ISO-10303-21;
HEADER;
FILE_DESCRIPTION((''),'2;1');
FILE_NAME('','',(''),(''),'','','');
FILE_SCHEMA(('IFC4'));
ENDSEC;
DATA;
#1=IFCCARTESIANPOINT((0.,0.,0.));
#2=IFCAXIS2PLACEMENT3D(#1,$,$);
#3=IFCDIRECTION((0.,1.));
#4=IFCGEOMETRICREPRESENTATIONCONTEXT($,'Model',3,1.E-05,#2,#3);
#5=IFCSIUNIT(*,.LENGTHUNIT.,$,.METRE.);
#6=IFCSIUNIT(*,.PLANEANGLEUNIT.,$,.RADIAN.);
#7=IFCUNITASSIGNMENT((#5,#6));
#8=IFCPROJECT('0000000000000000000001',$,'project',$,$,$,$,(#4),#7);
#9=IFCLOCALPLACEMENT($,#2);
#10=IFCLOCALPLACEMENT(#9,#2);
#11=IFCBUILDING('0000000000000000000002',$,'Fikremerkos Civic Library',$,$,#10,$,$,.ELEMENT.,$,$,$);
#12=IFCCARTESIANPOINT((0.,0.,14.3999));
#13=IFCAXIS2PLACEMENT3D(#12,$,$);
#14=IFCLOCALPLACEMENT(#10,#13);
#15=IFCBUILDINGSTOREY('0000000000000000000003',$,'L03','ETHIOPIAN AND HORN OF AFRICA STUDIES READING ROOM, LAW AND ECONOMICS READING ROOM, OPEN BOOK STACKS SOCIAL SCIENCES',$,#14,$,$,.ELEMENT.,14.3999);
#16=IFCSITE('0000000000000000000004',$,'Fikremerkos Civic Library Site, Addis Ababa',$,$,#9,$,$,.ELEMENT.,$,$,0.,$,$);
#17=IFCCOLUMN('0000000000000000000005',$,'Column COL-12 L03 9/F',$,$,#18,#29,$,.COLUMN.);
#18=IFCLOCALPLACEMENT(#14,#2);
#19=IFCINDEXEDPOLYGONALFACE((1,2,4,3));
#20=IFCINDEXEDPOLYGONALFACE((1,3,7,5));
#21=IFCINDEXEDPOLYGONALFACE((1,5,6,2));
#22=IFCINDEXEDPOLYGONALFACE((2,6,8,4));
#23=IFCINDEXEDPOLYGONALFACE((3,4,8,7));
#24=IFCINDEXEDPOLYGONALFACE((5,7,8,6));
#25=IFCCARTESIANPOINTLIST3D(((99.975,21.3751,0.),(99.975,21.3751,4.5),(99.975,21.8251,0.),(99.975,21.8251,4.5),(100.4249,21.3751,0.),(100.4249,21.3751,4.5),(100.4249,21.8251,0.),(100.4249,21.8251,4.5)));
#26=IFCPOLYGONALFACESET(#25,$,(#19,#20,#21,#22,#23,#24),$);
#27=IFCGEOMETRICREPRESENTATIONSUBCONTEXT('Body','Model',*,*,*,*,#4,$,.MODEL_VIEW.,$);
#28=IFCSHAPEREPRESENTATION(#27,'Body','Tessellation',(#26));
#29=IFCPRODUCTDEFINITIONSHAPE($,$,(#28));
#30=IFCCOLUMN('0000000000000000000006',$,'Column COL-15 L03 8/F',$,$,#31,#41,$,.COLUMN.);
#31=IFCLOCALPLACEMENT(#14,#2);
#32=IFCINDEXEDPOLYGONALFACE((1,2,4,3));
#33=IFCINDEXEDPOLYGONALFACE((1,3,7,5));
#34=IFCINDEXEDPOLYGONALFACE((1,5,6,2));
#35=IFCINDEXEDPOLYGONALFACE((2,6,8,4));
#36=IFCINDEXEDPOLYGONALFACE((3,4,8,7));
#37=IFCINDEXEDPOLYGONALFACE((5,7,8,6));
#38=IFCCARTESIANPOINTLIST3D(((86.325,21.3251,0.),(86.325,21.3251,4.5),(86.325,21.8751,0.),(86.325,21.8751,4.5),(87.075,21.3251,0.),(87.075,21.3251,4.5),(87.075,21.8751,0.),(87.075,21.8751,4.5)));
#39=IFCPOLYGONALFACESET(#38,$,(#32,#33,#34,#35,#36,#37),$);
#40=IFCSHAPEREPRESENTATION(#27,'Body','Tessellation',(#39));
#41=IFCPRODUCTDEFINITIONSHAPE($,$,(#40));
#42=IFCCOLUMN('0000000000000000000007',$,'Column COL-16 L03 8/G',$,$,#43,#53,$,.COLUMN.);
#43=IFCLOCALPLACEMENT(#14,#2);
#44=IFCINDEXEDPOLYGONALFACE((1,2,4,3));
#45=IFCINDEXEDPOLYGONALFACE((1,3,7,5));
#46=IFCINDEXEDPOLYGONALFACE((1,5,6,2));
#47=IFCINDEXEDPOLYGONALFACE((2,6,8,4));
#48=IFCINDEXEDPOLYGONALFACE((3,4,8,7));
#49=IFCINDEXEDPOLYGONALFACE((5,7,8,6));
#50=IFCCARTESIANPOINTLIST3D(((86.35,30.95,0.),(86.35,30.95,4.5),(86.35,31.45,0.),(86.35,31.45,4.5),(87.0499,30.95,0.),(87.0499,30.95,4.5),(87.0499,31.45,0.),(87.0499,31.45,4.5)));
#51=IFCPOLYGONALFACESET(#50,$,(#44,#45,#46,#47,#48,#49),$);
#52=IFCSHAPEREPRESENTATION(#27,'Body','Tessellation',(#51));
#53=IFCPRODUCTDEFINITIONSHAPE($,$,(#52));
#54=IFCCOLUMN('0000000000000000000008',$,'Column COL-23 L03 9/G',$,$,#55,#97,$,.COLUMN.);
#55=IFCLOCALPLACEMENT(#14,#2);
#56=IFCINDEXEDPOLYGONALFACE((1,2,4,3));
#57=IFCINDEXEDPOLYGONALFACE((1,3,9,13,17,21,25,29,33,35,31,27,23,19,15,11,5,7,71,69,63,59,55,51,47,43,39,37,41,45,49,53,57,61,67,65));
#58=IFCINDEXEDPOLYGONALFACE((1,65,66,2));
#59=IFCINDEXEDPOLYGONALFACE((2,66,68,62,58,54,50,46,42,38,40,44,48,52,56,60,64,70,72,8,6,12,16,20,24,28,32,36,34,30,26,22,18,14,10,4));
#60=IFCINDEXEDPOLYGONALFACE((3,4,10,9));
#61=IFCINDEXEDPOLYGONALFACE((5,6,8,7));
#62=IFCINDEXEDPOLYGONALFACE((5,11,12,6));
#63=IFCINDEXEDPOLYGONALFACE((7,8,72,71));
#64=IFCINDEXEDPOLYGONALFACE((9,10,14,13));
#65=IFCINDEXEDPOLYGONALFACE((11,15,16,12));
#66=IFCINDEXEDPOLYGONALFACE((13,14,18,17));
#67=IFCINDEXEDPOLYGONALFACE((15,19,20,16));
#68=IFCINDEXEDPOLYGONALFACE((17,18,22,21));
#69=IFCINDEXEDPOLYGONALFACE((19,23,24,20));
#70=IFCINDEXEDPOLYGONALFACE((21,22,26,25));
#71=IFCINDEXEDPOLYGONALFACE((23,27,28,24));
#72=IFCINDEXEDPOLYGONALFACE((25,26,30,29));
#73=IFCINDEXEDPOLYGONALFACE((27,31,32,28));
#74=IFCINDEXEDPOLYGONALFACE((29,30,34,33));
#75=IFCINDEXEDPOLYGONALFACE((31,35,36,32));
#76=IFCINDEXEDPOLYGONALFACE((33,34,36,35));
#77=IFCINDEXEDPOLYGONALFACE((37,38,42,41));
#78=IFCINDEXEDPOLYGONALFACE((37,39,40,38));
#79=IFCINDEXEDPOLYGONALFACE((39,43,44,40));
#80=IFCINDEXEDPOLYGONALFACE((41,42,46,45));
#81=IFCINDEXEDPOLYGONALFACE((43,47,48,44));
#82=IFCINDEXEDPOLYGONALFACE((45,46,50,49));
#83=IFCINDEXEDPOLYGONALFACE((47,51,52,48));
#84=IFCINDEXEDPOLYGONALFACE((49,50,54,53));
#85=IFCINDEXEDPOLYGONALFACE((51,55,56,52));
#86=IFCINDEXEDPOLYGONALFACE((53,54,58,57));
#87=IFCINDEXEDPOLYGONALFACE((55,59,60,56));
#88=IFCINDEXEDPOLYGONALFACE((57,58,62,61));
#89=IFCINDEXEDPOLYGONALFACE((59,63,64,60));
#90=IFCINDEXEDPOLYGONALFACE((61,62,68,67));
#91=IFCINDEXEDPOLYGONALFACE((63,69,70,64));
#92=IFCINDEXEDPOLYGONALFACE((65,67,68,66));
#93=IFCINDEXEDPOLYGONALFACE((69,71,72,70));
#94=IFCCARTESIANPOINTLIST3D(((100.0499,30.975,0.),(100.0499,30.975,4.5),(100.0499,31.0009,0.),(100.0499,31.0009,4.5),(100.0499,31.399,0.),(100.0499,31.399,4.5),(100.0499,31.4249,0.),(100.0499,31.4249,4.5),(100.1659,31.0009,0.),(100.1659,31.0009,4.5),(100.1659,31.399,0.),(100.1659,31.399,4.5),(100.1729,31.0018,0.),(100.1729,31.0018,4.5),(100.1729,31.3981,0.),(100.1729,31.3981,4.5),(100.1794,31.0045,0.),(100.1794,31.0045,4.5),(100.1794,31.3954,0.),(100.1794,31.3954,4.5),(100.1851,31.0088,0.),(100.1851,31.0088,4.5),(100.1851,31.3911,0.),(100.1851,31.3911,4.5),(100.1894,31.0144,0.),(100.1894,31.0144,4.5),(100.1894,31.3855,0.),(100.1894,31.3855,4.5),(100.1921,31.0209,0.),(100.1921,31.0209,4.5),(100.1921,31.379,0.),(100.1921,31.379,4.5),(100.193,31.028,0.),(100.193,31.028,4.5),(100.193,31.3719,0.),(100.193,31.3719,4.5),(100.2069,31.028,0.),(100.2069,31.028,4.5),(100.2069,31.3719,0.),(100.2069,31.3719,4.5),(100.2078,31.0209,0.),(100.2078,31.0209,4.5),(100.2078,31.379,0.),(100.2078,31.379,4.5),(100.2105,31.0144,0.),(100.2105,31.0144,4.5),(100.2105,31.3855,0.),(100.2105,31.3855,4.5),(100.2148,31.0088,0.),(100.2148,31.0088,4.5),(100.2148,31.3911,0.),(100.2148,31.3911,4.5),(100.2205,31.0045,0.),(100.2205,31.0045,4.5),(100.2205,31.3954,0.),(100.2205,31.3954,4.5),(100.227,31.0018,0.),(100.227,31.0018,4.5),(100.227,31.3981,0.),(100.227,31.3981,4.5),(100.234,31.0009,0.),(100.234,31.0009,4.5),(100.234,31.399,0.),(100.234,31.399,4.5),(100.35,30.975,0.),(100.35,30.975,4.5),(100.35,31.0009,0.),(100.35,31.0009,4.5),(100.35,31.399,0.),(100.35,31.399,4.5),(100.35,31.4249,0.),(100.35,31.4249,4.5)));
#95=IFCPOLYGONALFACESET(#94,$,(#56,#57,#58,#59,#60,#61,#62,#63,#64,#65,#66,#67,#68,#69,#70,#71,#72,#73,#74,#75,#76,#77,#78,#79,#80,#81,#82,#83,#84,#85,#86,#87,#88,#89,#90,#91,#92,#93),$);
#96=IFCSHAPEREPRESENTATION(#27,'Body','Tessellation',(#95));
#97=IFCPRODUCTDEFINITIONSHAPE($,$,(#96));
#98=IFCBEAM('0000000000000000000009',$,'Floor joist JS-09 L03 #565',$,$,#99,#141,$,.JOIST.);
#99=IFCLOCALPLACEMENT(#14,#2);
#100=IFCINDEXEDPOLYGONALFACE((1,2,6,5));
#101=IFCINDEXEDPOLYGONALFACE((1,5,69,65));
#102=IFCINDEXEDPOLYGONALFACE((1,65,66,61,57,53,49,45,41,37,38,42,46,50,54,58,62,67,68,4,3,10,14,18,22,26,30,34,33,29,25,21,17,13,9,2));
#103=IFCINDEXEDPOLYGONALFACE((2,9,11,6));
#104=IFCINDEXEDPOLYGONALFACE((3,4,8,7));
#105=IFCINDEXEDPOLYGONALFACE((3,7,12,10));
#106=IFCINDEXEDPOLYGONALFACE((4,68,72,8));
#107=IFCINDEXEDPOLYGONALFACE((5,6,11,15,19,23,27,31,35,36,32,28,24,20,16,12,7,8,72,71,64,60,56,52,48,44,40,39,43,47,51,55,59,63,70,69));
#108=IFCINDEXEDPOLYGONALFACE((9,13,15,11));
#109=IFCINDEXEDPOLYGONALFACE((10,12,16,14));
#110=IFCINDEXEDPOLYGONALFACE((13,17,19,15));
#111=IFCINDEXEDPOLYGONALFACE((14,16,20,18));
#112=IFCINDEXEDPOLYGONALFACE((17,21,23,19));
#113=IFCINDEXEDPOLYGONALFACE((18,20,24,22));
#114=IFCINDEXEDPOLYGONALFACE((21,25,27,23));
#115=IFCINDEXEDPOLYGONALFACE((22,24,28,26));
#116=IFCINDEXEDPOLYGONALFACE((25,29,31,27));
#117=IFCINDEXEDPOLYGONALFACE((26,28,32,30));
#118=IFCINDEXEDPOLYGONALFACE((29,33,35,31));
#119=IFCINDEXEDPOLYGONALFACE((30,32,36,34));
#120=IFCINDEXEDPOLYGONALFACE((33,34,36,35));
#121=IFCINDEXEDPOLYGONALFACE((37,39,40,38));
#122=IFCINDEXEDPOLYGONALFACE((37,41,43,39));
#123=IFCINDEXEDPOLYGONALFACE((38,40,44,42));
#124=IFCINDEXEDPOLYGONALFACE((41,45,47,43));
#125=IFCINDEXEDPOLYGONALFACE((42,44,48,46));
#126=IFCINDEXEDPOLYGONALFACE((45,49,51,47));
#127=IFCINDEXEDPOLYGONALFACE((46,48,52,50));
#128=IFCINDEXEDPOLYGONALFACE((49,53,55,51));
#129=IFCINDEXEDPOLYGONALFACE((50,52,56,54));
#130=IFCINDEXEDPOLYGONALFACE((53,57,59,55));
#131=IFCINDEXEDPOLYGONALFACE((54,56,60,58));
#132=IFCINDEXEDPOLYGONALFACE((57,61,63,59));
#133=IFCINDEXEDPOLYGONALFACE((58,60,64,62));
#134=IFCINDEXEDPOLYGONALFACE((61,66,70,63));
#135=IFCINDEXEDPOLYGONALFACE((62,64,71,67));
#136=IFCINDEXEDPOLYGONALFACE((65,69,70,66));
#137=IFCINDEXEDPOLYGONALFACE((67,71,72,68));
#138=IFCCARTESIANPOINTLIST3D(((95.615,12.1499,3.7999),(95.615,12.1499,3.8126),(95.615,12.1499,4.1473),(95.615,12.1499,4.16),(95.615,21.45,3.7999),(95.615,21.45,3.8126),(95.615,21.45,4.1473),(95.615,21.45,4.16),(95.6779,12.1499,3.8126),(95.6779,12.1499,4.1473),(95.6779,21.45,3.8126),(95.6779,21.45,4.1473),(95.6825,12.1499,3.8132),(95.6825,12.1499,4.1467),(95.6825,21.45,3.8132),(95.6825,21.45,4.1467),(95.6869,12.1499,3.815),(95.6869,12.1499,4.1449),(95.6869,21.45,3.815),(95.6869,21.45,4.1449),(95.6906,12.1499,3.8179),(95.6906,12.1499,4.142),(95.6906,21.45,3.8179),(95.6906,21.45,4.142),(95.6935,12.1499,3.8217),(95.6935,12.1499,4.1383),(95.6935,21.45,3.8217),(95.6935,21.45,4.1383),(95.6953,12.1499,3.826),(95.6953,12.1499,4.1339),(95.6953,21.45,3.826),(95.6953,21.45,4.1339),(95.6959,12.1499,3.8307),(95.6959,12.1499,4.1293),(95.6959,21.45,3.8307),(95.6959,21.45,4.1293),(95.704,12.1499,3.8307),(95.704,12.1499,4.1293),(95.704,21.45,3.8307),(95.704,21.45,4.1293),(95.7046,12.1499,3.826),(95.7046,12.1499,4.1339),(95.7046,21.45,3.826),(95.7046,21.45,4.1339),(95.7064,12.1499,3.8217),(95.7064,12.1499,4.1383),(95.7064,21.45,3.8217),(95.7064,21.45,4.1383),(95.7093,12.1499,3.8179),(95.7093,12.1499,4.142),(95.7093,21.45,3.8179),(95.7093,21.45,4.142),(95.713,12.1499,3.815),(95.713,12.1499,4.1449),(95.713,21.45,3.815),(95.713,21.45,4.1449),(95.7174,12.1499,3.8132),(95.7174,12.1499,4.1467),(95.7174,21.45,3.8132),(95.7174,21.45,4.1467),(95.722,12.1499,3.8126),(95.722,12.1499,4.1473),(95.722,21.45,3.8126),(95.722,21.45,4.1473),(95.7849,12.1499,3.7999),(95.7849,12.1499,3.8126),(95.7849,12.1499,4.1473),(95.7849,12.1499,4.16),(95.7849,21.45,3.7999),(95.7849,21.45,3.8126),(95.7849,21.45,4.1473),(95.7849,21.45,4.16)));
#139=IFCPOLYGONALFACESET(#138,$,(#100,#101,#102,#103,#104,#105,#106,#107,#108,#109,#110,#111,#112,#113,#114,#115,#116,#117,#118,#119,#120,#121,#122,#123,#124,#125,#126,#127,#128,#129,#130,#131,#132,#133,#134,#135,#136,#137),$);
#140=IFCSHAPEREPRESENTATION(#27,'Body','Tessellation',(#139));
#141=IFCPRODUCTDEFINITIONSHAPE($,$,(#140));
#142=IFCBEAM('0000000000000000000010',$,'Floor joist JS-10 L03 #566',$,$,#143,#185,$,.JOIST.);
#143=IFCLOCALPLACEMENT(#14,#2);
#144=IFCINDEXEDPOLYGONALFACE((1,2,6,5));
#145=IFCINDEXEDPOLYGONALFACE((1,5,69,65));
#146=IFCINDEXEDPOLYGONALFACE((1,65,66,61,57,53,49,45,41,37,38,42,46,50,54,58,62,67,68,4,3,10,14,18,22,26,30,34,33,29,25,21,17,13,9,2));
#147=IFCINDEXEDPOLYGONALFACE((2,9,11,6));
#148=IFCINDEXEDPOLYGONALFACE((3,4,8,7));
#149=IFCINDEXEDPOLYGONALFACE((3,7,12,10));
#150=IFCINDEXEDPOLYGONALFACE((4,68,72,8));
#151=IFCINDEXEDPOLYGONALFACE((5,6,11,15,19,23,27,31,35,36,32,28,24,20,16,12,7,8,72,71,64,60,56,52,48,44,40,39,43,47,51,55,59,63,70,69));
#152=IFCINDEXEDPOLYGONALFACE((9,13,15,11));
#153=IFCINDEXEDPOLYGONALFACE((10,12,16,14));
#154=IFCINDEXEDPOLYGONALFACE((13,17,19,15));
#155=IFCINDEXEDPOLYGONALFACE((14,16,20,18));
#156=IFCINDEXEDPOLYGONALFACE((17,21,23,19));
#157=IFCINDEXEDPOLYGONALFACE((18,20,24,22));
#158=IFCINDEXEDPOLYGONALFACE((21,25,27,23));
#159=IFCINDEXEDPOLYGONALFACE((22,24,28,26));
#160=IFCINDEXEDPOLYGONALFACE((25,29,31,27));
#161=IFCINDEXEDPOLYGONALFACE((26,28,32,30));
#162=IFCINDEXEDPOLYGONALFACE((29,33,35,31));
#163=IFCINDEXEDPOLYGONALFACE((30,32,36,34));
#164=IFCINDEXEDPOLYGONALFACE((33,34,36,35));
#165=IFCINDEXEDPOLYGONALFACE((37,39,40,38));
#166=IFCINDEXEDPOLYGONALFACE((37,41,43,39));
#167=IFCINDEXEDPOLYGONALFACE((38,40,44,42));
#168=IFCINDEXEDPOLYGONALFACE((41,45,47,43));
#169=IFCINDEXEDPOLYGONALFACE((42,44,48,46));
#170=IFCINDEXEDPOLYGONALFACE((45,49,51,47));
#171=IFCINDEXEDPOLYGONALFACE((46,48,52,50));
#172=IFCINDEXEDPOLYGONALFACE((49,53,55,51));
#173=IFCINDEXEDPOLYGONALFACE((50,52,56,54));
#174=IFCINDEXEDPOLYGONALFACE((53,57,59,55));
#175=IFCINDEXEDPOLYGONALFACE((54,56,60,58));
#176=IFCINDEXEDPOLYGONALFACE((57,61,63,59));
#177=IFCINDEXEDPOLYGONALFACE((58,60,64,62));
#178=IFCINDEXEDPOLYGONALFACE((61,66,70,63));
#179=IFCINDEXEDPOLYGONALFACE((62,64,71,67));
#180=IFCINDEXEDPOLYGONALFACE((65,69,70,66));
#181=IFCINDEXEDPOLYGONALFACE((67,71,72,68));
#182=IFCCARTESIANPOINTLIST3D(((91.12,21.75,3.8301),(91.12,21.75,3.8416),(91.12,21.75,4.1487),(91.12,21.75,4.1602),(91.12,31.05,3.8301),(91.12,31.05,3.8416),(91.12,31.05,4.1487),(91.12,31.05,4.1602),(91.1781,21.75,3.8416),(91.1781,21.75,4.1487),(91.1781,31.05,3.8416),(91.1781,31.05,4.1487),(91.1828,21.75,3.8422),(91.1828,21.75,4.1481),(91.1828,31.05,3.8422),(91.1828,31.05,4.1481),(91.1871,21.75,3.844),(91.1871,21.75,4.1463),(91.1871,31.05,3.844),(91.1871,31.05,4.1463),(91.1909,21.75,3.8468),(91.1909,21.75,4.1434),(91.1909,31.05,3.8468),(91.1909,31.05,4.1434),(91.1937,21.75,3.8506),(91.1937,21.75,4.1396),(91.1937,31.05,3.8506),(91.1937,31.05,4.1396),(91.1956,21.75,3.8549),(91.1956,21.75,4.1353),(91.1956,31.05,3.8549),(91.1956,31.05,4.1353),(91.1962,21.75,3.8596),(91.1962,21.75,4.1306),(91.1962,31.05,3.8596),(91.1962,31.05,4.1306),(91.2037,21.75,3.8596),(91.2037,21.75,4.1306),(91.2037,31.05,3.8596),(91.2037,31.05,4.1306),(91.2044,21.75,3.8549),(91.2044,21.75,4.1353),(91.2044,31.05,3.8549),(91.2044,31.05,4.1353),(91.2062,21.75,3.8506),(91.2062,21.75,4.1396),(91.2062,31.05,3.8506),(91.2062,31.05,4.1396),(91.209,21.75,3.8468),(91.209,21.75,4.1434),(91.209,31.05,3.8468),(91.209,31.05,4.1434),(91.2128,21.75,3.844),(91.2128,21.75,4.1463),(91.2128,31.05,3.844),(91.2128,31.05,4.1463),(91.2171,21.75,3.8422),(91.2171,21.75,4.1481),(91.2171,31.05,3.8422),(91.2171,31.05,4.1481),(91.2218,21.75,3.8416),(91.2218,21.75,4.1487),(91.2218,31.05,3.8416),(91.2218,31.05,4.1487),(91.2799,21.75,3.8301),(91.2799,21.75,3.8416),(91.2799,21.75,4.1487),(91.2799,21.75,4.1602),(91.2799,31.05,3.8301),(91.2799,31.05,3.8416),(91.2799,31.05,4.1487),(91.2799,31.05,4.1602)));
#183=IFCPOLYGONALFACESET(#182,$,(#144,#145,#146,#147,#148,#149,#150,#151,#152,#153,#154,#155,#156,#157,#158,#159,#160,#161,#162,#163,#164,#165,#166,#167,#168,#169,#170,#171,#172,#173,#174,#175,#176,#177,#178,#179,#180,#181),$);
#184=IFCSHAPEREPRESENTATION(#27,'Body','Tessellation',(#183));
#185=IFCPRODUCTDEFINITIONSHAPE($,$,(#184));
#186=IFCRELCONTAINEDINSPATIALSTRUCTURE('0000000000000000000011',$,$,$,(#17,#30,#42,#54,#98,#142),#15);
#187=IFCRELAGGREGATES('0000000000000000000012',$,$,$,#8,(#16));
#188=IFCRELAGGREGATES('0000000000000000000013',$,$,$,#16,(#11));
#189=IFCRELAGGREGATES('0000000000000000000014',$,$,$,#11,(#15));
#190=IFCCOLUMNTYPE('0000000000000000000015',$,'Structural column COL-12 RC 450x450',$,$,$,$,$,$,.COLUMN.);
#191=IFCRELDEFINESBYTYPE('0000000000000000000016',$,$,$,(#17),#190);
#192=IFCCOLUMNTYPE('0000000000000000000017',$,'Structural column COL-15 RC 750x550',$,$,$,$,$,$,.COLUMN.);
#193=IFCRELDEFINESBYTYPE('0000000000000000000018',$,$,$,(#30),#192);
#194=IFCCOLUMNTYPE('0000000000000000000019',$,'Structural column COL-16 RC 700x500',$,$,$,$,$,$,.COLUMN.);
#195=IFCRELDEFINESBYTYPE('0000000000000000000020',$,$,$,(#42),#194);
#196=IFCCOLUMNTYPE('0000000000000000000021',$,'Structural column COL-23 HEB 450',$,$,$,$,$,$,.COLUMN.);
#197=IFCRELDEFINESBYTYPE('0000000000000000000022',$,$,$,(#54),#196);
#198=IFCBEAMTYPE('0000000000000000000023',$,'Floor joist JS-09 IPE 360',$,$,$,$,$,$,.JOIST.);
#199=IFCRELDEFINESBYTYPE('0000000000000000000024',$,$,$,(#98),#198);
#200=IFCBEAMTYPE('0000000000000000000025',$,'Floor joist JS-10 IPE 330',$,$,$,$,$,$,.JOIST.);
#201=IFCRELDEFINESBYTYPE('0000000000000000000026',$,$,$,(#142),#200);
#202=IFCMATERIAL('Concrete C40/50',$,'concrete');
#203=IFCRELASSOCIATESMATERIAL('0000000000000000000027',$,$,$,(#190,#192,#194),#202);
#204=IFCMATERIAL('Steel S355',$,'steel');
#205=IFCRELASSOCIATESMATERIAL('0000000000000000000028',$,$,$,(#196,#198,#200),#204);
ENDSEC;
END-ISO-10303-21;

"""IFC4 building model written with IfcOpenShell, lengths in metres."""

from ifc_helpers import new_model, si_unit, direction, frame, origin, origin_2d, place, context, subcontext, project, spatial, rectangle, i_section, extrude, material, material_profile, profile_set, type_object, element, save


model = new_model("IFC4")

# Units and contexts
model_context = context("Model", 3, precision=1e-05, world=origin(), true_north=direction((0.0, 1.0)))
body_context = subcontext(model_context, "Body", "Model", "MODEL_VIEW")
ifc_project = project(units=[si_unit("LENGTHUNIT", "METRE"), si_unit("PLANEANGLEUNIT", "RADIAN")], contexts=[model_context])

# Site, building, storey
site_placement = place(None, origin())
site = spatial("IfcSite", under=ifc_project, at=site_placement, Name="Fikremerkos Civic Library Site, Addis Ababa", CompositionType="ELEMENT", RefElevation=0.0)
building_placement = place(site_placement, origin())
building = spatial("IfcBuilding", under=site, at=building_placement, Name="Fikremerkos Civic Library", CompositionType="ELEMENT")
storey_placement = place(building_placement, frame((0.0, 0.0, 14.3999)))
storey = spatial("IfcBuildingStorey", under=building, at=storey_placement, Name="L03", Description="ETHIOPIAN AND HORN OF AFRICA STUDIES READING ROOM, LAW AND ECONOMICS READING ROOM, OPEN BOOK STACKS SOCIAL SCIENCES", CompositionType="ELEMENT", Elevation=14.3999)

# Columns
ifc_material_1 = material(Name="Concrete C40/50", Category="concrete")
ifc_material_profile_1 = material_profile(ifc_material_1, rectangle(XDim=0.45, YDim=0.45, at=origin_2d()), Name="RC 450x450")
ifc_profile_set_1 = profile_set([ifc_material_profile_1], Name="Concrete C40/50")
column_type_1 = type_object("IfcColumnType", Name="Structural column COL-12 RC 450x450", PredefinedType="COLUMN", material=ifc_profile_set_1)
column_1_placement = place(storey_placement, frame((100.2, 21.6001, 0.0), z_axis=(0.0, 0.0, 1.0), x_axis=(1.0, 0.0, 0.0)))
element("IfcColumn", 1, at=column_1_placement, inside=storey, type_object=column_type_1, Name="Column COL-12 L03 9/F", PredefinedType="COLUMN", context=body_context, shape_type="SweptSolid", body=[
    extrude(rectangle(XDim=0.45, YDim=0.45, at=origin_2d()), origin(), (0.0, 0.0, 1.0), 4.5),
])
ifc_material_profile_2 = material_profile(ifc_material_1, rectangle(XDim=0.75, YDim=0.55, at=origin_2d()), Name="RC 750x550")
ifc_profile_set_2 = profile_set([ifc_material_profile_2], Name="Concrete C40/50")
column_type_2 = type_object("IfcColumnType", Name="Structural column COL-15 RC 750x550", PredefinedType="COLUMN", material=ifc_profile_set_2)
column_2_placement = place(storey_placement, frame((86.7, 21.6001, 0.0), z_axis=(0.0, 0.0, 1.0), x_axis=(1.0, 0.0, 0.0)))
element("IfcColumn", 2, at=column_2_placement, inside=storey, type_object=column_type_2, Name="Column COL-15 L03 8/F", PredefinedType="COLUMN", context=body_context, shape_type="SweptSolid", body=[
    extrude(rectangle(XDim=0.75, YDim=0.55, at=origin_2d()), origin(), (0.0, 0.0, 1.0), 4.5),
])
ifc_material_profile_3 = material_profile(ifc_material_1, rectangle(XDim=0.7, YDim=0.5, at=origin_2d()), Name="RC 700x500")
ifc_profile_set_3 = profile_set([ifc_material_profile_3], Name="Concrete C40/50")
column_type_3 = type_object("IfcColumnType", Name="Structural column COL-16 RC 700x500", PredefinedType="COLUMN", material=ifc_profile_set_3)
column_3_placement = place(storey_placement, frame((86.7, 31.2, 0.0), z_axis=(0.0, 0.0, 1.0), x_axis=(1.0, 0.0, 0.0)))
element("IfcColumn", 3, at=column_3_placement, inside=storey, type_object=column_type_3, Name="Column COL-16 L03 8/G", PredefinedType="COLUMN", context=body_context, shape_type="SweptSolid", body=[
    extrude(rectangle(XDim=0.7, YDim=0.5, at=origin_2d()), origin(), (0.0, 0.0, 1.0), 4.5),
])
ifc_material_2 = material(Name="Steel S355", Category="steel")
ifc_material_profile_4 = material_profile(ifc_material_2, i_section(OverallWidth=0.3, OverallDepth=0.45, WebThickness=0.0139, FlangeThickness=0.0259, FilletRadius=0.0271, at=origin_2d()), Name="HEB 450")
ifc_profile_set_4 = profile_set([ifc_material_profile_4], Name="Steel S355")
column_type_4 = type_object("IfcColumnType", Name="Structural column COL-23 HEB 450", PredefinedType="COLUMN", material=ifc_profile_set_4)
column_4_placement = place(storey_placement, frame((100.2, 31.2, 0.0), z_axis=(0.0, 0.0, 1.0), x_axis=(1.0, 0.0, 0.0)))
element("IfcColumn", 4, at=column_4_placement, inside=storey, type_object=column_type_4, Name="Column COL-23 L03 9/G", PredefinedType="COLUMN", context=body_context, shape_type="SweptSolid", body=[
    extrude(i_section(OverallWidth=0.3, OverallDepth=0.45, WebThickness=0.0139, FlangeThickness=0.0259, FilletRadius=0.0271, at=origin_2d()), origin(), (0.0, 0.0, 1.0), 4.5),
])

# Beams
ifc_material_profile_5 = material_profile(ifc_material_2, i_section(OverallWidth=0.1699, OverallDepth=0.3601, WebThickness=0.0081, FlangeThickness=0.0127, FilletRadius=0.0181, at=origin_2d()), Name="IPE 360")
ifc_profile_set_5 = profile_set([ifc_material_profile_5], Name="Steel S355")
beam_type_1 = type_object("IfcBeamType", Name="Floor joist JS-09 IPE 360", PredefinedType="JOIST", material=ifc_profile_set_5)
beam_1_placement = place(storey_placement, frame((95.7, 12.1499, 3.98), z_axis=(0.0, 1.0, 0.0), x_axis=(-1.0, 0.0, 0.0)))
element("IfcBeam", 5, at=beam_1_placement, inside=storey, type_object=beam_type_1, Name="Floor joist JS-09 L03 #565", PredefinedType="JOIST", context=body_context, shape_type="SweptSolid", body=[
    extrude(i_section(OverallWidth=0.1699, OverallDepth=0.3601, WebThickness=0.0081, FlangeThickness=0.0127, FilletRadius=0.0181, at=origin_2d()), origin(), (0.0, 0.0, 1.0), 9.3),
])
ifc_material_profile_6 = material_profile(ifc_material_2, i_section(OverallWidth=0.1599, OverallDepth=0.3301, WebThickness=0.0076, FlangeThickness=0.0115, FilletRadius=0.0181, at=origin_2d()), Name="IPE 330")
ifc_profile_set_6 = profile_set([ifc_material_profile_6], Name="Steel S355")
beam_type_2 = type_object("IfcBeamType", Name="Floor joist JS-10 IPE 330", PredefinedType="JOIST", material=ifc_profile_set_6)
beam_2_placement = place(storey_placement, frame((91.2, 21.75, 3.9951), z_axis=(0.0, 1.0, 0.0), x_axis=(-1.0, 0.0, 0.0)))
element("IfcBeam", 6, at=beam_2_placement, inside=storey, type_object=beam_type_2, Name="Floor joist JS-10 L03 #566", PredefinedType="JOIST", context=body_context, shape_type="SweptSolid", body=[
    extrude(i_section(OverallWidth=0.1599, OverallDepth=0.3301, WebThickness=0.0076, FlangeThickness=0.0115, FilletRadius=0.0181, at=origin_2d()), origin(), (0.0, 0.0, 1.0), 9.3),
])

save(model, "model.ifc")
